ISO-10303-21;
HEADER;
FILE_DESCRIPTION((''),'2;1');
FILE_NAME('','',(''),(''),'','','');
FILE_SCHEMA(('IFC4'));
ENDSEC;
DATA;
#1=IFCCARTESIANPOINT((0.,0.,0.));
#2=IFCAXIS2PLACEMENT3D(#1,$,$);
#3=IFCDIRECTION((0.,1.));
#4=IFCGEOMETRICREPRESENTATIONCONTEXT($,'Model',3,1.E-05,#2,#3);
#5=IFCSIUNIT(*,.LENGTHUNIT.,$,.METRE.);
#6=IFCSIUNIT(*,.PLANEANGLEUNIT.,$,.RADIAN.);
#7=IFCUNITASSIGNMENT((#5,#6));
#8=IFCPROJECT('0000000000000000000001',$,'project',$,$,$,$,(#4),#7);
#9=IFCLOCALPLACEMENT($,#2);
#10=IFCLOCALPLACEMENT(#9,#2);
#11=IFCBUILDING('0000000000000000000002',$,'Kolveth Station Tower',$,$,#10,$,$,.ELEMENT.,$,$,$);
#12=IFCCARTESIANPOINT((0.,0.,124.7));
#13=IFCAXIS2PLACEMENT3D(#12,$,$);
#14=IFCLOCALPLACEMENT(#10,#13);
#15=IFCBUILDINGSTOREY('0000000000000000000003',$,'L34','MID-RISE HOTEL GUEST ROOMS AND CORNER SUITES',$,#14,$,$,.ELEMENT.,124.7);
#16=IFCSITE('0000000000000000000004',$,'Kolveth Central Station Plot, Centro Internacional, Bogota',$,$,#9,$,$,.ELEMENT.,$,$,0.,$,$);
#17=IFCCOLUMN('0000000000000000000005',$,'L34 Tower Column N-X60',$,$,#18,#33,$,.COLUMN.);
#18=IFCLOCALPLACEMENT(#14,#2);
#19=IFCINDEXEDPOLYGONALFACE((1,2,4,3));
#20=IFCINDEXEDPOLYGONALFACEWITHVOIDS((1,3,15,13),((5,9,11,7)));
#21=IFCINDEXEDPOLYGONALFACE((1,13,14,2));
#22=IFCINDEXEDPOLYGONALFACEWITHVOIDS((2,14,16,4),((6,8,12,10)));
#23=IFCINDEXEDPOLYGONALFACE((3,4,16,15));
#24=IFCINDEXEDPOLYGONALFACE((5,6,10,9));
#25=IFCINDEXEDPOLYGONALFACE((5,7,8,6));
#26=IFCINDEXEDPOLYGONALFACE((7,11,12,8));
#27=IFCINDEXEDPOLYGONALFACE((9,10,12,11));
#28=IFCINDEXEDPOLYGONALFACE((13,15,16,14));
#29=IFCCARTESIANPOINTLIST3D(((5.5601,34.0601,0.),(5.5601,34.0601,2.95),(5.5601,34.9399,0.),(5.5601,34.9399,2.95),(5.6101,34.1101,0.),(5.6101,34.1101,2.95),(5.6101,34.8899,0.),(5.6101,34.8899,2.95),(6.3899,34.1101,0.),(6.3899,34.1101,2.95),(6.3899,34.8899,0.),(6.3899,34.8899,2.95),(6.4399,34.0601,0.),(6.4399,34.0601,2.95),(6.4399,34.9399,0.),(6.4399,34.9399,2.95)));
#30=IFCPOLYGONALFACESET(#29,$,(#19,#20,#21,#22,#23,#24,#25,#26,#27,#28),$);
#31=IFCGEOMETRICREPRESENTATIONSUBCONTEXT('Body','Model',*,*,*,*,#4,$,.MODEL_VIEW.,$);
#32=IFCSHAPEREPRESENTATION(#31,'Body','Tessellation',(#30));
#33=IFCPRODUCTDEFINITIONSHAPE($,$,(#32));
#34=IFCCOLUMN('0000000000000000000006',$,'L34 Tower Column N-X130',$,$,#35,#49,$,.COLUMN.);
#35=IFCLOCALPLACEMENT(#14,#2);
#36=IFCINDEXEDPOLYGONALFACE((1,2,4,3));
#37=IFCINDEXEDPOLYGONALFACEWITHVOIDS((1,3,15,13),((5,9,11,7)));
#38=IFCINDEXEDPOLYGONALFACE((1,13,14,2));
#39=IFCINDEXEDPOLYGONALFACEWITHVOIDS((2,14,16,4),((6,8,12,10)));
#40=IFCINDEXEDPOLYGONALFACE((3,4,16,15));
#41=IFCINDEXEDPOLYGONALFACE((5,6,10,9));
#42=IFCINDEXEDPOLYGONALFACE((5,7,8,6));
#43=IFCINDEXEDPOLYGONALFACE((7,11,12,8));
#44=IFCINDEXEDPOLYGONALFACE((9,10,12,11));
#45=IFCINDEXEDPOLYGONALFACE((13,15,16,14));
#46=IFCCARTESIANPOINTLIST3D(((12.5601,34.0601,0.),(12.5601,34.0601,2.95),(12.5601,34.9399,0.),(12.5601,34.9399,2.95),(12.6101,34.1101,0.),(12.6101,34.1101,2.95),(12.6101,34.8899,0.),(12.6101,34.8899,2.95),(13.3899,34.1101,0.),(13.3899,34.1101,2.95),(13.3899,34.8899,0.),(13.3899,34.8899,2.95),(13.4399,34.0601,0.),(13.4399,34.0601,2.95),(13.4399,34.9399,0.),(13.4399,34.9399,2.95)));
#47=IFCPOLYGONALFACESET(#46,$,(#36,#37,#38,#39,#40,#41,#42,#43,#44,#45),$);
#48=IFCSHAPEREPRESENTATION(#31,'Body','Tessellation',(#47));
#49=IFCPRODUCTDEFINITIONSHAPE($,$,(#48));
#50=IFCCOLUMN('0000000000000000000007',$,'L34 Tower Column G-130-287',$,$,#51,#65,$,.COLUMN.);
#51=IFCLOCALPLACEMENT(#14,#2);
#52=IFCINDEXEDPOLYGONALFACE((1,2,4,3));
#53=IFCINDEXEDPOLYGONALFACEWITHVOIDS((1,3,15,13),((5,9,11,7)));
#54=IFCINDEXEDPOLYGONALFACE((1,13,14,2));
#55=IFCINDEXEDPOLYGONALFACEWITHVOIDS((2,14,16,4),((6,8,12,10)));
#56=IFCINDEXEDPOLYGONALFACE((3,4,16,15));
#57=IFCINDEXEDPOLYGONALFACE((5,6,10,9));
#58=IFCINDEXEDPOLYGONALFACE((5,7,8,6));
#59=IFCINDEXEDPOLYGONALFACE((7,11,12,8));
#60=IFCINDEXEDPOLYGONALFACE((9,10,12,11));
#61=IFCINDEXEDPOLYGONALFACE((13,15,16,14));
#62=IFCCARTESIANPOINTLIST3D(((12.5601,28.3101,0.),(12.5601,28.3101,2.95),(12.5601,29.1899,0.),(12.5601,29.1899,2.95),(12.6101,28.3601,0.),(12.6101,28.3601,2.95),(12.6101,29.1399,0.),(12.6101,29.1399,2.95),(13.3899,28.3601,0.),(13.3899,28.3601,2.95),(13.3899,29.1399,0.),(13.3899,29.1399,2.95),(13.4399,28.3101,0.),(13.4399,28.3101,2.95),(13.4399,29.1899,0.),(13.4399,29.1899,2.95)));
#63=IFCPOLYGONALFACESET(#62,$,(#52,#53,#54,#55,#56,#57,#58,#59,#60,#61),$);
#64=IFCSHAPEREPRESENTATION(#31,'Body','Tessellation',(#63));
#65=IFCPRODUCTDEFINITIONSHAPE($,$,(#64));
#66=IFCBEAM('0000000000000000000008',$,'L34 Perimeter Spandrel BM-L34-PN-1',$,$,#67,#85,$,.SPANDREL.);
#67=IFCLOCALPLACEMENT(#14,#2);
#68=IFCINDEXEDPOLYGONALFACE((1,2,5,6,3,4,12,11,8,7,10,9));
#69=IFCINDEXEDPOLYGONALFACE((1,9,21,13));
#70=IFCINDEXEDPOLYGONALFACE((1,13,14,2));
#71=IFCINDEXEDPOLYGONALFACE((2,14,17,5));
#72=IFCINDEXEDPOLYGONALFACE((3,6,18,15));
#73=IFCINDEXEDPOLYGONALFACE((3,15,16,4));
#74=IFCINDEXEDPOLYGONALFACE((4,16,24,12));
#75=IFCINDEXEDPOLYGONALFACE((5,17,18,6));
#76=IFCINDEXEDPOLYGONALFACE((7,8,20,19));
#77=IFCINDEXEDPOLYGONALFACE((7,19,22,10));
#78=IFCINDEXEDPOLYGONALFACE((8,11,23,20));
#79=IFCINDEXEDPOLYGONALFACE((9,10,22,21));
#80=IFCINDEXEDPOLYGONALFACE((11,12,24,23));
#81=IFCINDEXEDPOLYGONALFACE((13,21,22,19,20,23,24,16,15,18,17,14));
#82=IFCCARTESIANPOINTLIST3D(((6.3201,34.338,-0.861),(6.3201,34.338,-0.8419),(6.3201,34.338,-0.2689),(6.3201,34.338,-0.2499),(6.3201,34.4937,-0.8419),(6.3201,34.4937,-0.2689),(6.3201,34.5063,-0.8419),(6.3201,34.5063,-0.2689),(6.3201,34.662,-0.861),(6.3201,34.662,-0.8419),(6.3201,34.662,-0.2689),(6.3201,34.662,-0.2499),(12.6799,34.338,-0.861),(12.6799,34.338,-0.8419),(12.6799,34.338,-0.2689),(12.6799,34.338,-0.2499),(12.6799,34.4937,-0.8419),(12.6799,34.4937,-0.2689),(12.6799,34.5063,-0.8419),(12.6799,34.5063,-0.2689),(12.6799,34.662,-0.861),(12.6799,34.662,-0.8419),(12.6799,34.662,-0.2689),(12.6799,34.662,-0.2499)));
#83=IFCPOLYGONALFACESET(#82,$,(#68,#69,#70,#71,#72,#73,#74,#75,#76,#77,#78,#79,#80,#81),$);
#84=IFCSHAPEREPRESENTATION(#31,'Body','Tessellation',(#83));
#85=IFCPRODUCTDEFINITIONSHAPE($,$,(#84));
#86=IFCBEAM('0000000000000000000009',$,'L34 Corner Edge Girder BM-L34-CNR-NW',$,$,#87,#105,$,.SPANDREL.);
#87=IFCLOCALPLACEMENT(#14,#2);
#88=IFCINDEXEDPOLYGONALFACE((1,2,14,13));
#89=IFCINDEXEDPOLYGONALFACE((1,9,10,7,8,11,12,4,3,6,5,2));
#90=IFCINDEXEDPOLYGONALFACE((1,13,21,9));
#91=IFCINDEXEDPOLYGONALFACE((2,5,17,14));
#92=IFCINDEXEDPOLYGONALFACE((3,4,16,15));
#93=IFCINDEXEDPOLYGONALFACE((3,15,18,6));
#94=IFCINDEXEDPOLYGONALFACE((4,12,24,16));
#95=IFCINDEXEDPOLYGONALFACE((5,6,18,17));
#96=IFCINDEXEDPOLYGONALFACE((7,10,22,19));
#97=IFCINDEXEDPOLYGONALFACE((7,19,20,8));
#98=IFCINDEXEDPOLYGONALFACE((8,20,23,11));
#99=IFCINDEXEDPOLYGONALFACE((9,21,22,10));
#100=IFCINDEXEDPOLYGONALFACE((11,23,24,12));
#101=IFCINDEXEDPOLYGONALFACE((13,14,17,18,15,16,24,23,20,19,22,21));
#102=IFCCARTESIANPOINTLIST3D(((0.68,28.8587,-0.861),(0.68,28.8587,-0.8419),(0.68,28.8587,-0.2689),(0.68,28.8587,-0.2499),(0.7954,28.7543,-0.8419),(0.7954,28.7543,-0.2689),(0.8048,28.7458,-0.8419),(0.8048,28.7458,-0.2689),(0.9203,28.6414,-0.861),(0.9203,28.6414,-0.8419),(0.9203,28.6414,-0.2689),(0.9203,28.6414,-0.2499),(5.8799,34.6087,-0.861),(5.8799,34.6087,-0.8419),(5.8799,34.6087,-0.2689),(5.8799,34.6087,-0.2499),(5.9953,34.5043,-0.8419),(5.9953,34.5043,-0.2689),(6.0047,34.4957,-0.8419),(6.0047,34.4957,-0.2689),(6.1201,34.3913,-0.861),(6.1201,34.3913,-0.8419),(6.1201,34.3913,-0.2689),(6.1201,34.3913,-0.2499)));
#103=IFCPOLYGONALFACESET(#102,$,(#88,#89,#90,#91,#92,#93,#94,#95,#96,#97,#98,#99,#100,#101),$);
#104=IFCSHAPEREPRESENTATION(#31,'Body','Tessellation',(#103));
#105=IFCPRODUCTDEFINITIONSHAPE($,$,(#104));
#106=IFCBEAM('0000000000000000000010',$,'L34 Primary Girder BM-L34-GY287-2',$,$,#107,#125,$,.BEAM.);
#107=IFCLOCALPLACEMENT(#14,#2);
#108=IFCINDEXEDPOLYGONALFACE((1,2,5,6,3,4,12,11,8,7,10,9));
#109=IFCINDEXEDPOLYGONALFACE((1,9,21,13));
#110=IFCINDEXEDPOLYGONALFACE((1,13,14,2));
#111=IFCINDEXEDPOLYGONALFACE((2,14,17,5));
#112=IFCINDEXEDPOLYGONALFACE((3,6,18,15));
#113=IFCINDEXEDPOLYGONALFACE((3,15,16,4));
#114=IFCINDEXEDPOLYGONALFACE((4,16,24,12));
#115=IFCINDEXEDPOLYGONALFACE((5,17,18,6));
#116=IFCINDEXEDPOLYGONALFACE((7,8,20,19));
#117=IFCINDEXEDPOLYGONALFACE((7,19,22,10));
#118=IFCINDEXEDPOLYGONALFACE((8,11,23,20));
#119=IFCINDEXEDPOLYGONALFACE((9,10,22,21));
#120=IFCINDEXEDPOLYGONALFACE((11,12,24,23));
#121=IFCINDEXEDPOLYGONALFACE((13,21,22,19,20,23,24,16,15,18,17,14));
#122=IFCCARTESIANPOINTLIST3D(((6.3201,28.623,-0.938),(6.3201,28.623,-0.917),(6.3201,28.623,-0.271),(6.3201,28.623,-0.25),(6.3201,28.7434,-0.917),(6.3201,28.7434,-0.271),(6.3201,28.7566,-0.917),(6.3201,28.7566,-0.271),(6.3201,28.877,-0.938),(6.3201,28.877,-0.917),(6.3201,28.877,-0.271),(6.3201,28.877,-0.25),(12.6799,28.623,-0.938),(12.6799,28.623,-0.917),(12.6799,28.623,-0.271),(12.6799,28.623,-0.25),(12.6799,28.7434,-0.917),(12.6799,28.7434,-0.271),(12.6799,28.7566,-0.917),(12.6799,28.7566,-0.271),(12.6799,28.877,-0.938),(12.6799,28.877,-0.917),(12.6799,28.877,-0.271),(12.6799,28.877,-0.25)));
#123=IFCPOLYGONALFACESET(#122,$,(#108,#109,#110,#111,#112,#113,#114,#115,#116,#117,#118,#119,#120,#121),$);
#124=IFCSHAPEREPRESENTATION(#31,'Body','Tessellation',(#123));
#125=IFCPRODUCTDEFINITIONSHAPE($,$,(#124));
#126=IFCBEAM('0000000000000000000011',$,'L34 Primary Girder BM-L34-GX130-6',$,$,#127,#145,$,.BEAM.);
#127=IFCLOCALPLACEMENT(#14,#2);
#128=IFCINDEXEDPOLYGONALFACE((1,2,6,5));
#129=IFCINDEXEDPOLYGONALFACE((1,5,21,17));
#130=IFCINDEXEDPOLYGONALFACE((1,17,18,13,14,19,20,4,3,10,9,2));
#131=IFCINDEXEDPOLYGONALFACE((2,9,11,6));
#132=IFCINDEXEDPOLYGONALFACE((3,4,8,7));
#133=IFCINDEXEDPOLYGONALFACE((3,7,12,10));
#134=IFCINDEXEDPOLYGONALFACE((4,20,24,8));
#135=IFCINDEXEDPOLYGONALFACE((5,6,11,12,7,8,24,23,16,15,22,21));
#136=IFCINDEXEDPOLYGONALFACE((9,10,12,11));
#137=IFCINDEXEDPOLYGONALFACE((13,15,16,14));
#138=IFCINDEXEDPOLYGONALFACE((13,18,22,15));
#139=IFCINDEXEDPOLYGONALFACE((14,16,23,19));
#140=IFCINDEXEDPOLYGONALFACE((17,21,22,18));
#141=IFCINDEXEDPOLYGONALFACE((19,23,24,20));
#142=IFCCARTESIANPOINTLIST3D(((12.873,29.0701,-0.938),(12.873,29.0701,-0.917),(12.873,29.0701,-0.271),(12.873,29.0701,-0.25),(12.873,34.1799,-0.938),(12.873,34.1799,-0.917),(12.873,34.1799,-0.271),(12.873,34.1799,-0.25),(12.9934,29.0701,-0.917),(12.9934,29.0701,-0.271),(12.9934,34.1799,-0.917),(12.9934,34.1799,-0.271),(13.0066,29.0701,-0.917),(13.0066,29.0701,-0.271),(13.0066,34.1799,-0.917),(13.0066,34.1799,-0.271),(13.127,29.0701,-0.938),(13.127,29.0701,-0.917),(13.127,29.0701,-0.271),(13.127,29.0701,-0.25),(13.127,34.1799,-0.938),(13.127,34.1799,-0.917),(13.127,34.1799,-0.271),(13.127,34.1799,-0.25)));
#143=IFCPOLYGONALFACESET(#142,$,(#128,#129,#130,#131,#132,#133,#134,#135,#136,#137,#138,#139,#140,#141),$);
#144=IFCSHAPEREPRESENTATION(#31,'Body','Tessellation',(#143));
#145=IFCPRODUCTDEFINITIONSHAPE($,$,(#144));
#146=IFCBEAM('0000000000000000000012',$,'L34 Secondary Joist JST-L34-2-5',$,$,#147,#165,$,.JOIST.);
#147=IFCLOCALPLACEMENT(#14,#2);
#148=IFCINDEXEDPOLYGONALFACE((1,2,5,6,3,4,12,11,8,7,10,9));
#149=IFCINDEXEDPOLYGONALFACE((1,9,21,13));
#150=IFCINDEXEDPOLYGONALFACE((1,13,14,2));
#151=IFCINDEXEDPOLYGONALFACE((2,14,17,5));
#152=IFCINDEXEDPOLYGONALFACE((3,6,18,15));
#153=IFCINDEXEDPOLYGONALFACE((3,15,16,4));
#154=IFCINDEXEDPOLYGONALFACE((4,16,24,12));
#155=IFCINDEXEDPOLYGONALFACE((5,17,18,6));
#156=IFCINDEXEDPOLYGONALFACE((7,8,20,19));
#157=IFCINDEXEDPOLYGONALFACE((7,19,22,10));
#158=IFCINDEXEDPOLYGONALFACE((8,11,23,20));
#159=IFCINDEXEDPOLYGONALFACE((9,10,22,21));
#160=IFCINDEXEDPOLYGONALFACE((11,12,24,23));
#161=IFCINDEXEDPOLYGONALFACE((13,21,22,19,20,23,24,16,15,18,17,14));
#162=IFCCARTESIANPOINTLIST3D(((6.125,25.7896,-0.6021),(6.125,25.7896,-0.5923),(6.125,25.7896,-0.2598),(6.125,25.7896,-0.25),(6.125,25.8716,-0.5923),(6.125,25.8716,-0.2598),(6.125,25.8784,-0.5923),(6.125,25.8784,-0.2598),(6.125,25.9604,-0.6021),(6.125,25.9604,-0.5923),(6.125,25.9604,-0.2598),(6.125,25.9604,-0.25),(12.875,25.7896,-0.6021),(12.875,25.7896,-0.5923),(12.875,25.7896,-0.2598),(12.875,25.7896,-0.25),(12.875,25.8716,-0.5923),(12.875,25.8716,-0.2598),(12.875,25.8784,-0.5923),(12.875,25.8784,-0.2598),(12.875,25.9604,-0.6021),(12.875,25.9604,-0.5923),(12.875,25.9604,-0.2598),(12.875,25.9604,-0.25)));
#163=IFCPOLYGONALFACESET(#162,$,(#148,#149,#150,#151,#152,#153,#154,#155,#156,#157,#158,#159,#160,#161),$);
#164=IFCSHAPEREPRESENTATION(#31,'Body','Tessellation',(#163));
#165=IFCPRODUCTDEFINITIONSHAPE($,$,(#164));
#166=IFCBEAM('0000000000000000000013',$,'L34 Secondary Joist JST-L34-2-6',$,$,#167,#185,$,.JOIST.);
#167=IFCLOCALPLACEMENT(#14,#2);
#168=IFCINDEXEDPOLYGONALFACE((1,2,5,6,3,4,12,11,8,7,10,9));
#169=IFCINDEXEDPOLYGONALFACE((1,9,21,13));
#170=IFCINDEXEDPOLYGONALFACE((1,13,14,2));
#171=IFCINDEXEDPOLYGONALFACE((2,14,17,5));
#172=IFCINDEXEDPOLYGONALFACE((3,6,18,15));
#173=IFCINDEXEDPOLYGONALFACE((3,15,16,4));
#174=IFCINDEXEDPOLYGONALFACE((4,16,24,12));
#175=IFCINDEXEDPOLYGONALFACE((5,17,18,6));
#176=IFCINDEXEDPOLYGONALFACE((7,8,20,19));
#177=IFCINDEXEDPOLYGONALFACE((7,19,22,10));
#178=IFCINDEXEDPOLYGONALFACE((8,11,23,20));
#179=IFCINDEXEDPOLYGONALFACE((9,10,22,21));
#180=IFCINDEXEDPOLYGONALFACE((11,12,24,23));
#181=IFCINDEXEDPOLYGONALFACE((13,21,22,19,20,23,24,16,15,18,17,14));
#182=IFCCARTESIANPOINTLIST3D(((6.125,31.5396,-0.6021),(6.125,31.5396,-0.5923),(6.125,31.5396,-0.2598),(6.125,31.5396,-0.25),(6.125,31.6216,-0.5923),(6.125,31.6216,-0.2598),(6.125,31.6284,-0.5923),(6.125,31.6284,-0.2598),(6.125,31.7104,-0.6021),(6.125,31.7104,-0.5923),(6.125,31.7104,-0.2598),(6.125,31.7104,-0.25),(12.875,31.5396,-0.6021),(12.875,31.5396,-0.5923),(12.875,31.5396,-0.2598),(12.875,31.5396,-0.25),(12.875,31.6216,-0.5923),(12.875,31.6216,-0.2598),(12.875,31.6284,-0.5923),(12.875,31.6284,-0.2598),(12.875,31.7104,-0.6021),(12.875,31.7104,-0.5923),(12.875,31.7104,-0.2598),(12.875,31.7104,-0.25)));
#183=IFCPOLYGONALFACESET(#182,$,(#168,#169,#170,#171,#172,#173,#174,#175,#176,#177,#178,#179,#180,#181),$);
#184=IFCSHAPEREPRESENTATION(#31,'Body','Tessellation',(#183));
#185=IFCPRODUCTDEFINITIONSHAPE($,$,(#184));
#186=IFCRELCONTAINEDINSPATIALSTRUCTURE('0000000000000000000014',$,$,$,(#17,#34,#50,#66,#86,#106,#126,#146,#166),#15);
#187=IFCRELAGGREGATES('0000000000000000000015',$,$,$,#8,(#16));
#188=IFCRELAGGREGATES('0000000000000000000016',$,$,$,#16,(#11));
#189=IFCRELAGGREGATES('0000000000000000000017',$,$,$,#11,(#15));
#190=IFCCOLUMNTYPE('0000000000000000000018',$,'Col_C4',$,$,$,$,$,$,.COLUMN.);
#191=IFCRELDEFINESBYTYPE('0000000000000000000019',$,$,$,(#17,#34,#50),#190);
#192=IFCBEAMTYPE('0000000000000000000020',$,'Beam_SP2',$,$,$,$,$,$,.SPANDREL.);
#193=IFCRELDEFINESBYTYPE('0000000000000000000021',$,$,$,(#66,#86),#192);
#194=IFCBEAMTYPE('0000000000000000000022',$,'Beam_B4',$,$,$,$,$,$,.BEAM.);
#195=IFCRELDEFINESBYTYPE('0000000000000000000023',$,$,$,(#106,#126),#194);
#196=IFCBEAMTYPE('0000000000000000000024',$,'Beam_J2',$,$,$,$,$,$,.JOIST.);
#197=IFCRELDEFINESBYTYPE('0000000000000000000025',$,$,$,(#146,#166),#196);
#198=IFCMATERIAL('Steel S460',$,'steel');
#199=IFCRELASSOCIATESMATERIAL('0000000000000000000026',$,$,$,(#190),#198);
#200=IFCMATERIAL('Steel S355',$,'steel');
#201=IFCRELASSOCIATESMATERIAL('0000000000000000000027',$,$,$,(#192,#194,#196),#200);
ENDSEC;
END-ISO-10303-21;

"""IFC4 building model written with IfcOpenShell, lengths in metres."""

from ifc_helpers import new_model, si_unit, direction, frame, origin, origin_2d, place, context, subcontext, project, spatial, hollow_rectangle, i_section, extrude, source, transform, mapped, material, material_profile, profile_set, type_object, element, save


model = new_model("IFC4")

# Units and contexts
model_context = context("Model", 3, precision=1e-05, world=origin(), true_north=direction((0.0, 1.0)))
body_context = subcontext(model_context, "Body", "Model", "MODEL_VIEW")
ifc_project = project(units=[si_unit("LENGTHUNIT", "METRE"), si_unit("PLANEANGLEUNIT", "RADIAN")], contexts=[model_context])

# Site, building, storey
site_placement = place(None, origin())
site = spatial("IfcSite", under=ifc_project, at=site_placement, Name="Kolveth Central Station Plot, Centro Internacional, Bogota", CompositionType="ELEMENT", RefElevation=0.0)
building_placement = place(site_placement, origin())
building = spatial("IfcBuilding", under=site, at=building_placement, Name="Kolveth Station Tower", CompositionType="ELEMENT")
storey_placement = place(building_placement, frame((0.0, 0.0, 124.7)))
storey = spatial("IfcBuildingStorey", under=building, at=storey_placement, Name="L34", Description="MID-RISE HOTEL GUEST ROOMS AND CORNER SUITES", CompositionType="ELEMENT", Elevation=124.7)

# Columns
ifc_material_1 = material(Name="Steel S460", Category="steel")
ifc_material_profile_1 = material_profile(ifc_material_1, hollow_rectangle(XDim=0.8799, YDim=0.8799, WallThickness=0.05, at=origin_2d()), Name="BOX880x880x50")
ifc_profile_set_1 = profile_set([ifc_material_profile_1], Name="Steel S460")
column_type = type_object("IfcColumnType", Name="Col_C4", PredefinedType="COLUMN", material=ifc_profile_set_1)
shared_shape_1 = source(origin(), body_context, "Body", "SweptSolid", [
    extrude(hollow_rectangle(XDim=0.8799, YDim=0.8799, WallThickness=0.05, at=origin_2d()), origin(), (0.0, 0.0, 1.0), 2.95),
])
for number, where, z_axis, x_axis, name in (
    (1, (6.0, 34.5, 0.0), (0.0, 0.0, 1.0), (1.0, 0.0, 0.0), "L34 Tower Column N-X60"),
    (2, (13.0, 34.5, 0.0), (0.0, 0.0, 1.0), (1.0, 0.0, 0.0), "L34 Tower Column N-X130"),
    (3, (13.0, 28.75, 0.0), (0.0, 0.0, 1.0), (1.0, 0.0, 0.0), "L34 Tower Column G-130-287"),
):
    element("IfcColumn", number, at=place(storey_placement, frame(where, z_axis=z_axis, x_axis=x_axis)), inside=storey, type_object=column_type, Name=name, PredefinedType="COLUMN", context=body_context, shape_type="MappedRepresentation", body=[
        mapped(shared_shape_1, transform((0.0, 0.0, 0.0), x_axis=(1.0, 0.0, 0.0), y_axis=(0.0, 1.0, 0.0), z_axis=(0.0, 0.0, 1.0), scale=1.0)),
    ])

# Beams
ifc_material_2 = material(Name="Steel S355", Category="steel")
ifc_material_profile_2 = material_profile(ifc_material_2, i_section(OverallWidth=0.324, OverallDepth=0.6111, WebThickness=0.0127, FlangeThickness=0.019, at=origin_2d()), Name="W610x155")
ifc_profile_set_2 = profile_set([ifc_material_profile_2], Name="Steel S355")
beam_type_1 = type_object("IfcBeamType", Name="Beam_SP2", PredefinedType="SPANDREL", material=ifc_profile_set_2)
shared_shape_2 = source(origin(), body_context, "Body", "SweptSolid", [
    extrude(i_section(OverallWidth=0.324, OverallDepth=0.6111, WebThickness=0.0127, FlangeThickness=0.019, at=origin_2d()), origin(), (0.0, 0.0, 1.0), 6.3599),
])
beam_1_placement = place(storey_placement, frame((6.3201, 34.5, -0.5554), z_axis=(1.0, 0.0, 0.0), x_axis=(0.0, 1.0, 0.0)))
element("IfcBeam", 4, at=beam_1_placement, inside=storey, type_object=beam_type_1, Name="L34 Perimeter Spandrel BM-L34-PN-1", PredefinedType="SPANDREL", context=body_context, shape_type="MappedRepresentation", body=[
    mapped(shared_shape_2, transform((0.0, 0.0, 0.0), x_axis=(1.0, 0.0, 0.0), y_axis=(0.0, 1.0, 0.0), z_axis=(0.0, 0.0, 1.0), scale=1.0)),
])
shared_shape_3 = source(origin(), body_context, "Body", "SweptSolid", [
    extrude(i_section(OverallWidth=0.324, OverallDepth=0.6111, WebThickness=0.0127, FlangeThickness=0.019, at=origin_2d()), origin(), (0.0, 0.0, 1.0), 7.7524),
])
beam_2_placement = place(storey_placement, frame((6.0, 34.5, -0.5554), z_axis=(-0.670741, -0.741692, 0.0), x_axis=(0.741692, -0.670741, 0.0)))
element("IfcBeam", 5, at=beam_2_placement, inside=storey, type_object=beam_type_1, Name="L34 Corner Edge Girder BM-L34-CNR-NW", PredefinedType="SPANDREL", context=body_context, shape_type="MappedRepresentation", body=[
    mapped(shared_shape_3, transform((0.0, 0.0, 0.0), x_axis=(1.0, 0.0, 0.0), y_axis=(0.0, 1.0, 0.0), z_axis=(0.0, 0.0, 1.0), scale=1.0)),
])
ifc_material_profile_3 = material_profile(ifc_material_2, i_section(OverallWidth=0.2539, OverallDepth=0.688, WebThickness=0.0132, FlangeThickness=0.021, at=origin_2d()), Name="W690x152")
ifc_profile_set_3 = profile_set([ifc_material_profile_3], Name="Steel S355")
beam_type_2 = type_object("IfcBeamType", Name="Beam_B4", PredefinedType="BEAM", material=ifc_profile_set_3)
shared_shape_4 = source(origin(), body_context, "Body", "SweptSolid", [
    extrude(i_section(OverallWidth=0.2539, OverallDepth=0.688, WebThickness=0.0132, FlangeThickness=0.021, at=origin_2d()), origin(), (0.0, 0.0, 1.0), 6.3599),
])
beam_3_placement = place(storey_placement, frame((6.3201, 28.75, -0.594), z_axis=(1.0, 0.0, 0.0), x_axis=(0.0, 1.0, 0.0)))
element("IfcBeam", 6, at=beam_3_placement, inside=storey, type_object=beam_type_2, Name="L34 Primary Girder BM-L34-GY287-2", PredefinedType="BEAM", context=body_context, shape_type="MappedRepresentation", body=[
    mapped(shared_shape_4, transform((0.0, 0.0, 0.0), x_axis=(1.0, 0.0, 0.0), y_axis=(0.0, 1.0, 0.0), z_axis=(0.0, 0.0, 1.0), scale=1.0)),
])
shared_shape_5 = source(origin(), body_context, "Body", "SweptSolid", [
    extrude(i_section(OverallWidth=0.2539, OverallDepth=0.688, WebThickness=0.0132, FlangeThickness=0.021, at=origin_2d()), origin(), (0.0, 0.0, 1.0), 5.1099),
])
beam_4_placement = place(storey_placement, frame((13.0, 29.0701, -0.594), z_axis=(0.0, 1.0, 0.0), x_axis=(-1.0, 0.0, 0.0)))
element("IfcBeam", 7, at=beam_4_placement, inside=storey, type_object=beam_type_2, Name="L34 Primary Girder BM-L34-GX130-6", PredefinedType="BEAM", context=body_context, shape_type="MappedRepresentation", body=[
    mapped(shared_shape_5, transform((0.0, 0.0, 0.0), x_axis=(1.0, 0.0, 0.0), y_axis=(0.0, 1.0, 0.0), z_axis=(0.0, 0.0, 1.0), scale=1.0)),
])
ifc_material_profile_4 = material_profile(ifc_material_2, i_section(OverallWidth=0.1709, OverallDepth=0.3521, WebThickness=0.0068, FlangeThickness=0.0098, at=origin_2d()), Name="W360x44")
ifc_profile_set_4 = profile_set([ifc_material_profile_4], Name="Steel S355")
beam_type_3 = type_object("IfcBeamType", Name="Beam_J2", PredefinedType="JOIST", material=ifc_profile_set_4)
shared_shape_6 = source(origin(), body_context, "Body", "SweptSolid", [
    extrude(i_section(OverallWidth=0.1709, OverallDepth=0.3521, WebThickness=0.0068, FlangeThickness=0.0098, at=origin_2d()), origin(), (0.0, 0.0, 1.0), 6.75),
])
for number, where, z_axis, x_axis, name in (
    (8, (6.125, 25.875, -0.426), (1.0, 0.0, 0.0), (0.0, 1.0, 0.0), "L34 Secondary Joist JST-L34-2-5"),
    (9, (6.125, 31.625, -0.426), (1.0, 0.0, 0.0), (0.0, 1.0, 0.0), "L34 Secondary Joist JST-L34-2-6"),
):
    element("IfcBeam", number, at=place(storey_placement, frame(where, z_axis=z_axis, x_axis=x_axis)), inside=storey, type_object=beam_type_3, Name=name, PredefinedType="JOIST", context=body_context, shape_type="MappedRepresentation", body=[
        mapped(shared_shape_6, transform((0.0, 0.0, 0.0), x_axis=(1.0, 0.0, 0.0), y_axis=(0.0, 1.0, 0.0), z_axis=(0.0, 0.0, 1.0), scale=1.0)),
    ])

save(model, "model.ifc")
